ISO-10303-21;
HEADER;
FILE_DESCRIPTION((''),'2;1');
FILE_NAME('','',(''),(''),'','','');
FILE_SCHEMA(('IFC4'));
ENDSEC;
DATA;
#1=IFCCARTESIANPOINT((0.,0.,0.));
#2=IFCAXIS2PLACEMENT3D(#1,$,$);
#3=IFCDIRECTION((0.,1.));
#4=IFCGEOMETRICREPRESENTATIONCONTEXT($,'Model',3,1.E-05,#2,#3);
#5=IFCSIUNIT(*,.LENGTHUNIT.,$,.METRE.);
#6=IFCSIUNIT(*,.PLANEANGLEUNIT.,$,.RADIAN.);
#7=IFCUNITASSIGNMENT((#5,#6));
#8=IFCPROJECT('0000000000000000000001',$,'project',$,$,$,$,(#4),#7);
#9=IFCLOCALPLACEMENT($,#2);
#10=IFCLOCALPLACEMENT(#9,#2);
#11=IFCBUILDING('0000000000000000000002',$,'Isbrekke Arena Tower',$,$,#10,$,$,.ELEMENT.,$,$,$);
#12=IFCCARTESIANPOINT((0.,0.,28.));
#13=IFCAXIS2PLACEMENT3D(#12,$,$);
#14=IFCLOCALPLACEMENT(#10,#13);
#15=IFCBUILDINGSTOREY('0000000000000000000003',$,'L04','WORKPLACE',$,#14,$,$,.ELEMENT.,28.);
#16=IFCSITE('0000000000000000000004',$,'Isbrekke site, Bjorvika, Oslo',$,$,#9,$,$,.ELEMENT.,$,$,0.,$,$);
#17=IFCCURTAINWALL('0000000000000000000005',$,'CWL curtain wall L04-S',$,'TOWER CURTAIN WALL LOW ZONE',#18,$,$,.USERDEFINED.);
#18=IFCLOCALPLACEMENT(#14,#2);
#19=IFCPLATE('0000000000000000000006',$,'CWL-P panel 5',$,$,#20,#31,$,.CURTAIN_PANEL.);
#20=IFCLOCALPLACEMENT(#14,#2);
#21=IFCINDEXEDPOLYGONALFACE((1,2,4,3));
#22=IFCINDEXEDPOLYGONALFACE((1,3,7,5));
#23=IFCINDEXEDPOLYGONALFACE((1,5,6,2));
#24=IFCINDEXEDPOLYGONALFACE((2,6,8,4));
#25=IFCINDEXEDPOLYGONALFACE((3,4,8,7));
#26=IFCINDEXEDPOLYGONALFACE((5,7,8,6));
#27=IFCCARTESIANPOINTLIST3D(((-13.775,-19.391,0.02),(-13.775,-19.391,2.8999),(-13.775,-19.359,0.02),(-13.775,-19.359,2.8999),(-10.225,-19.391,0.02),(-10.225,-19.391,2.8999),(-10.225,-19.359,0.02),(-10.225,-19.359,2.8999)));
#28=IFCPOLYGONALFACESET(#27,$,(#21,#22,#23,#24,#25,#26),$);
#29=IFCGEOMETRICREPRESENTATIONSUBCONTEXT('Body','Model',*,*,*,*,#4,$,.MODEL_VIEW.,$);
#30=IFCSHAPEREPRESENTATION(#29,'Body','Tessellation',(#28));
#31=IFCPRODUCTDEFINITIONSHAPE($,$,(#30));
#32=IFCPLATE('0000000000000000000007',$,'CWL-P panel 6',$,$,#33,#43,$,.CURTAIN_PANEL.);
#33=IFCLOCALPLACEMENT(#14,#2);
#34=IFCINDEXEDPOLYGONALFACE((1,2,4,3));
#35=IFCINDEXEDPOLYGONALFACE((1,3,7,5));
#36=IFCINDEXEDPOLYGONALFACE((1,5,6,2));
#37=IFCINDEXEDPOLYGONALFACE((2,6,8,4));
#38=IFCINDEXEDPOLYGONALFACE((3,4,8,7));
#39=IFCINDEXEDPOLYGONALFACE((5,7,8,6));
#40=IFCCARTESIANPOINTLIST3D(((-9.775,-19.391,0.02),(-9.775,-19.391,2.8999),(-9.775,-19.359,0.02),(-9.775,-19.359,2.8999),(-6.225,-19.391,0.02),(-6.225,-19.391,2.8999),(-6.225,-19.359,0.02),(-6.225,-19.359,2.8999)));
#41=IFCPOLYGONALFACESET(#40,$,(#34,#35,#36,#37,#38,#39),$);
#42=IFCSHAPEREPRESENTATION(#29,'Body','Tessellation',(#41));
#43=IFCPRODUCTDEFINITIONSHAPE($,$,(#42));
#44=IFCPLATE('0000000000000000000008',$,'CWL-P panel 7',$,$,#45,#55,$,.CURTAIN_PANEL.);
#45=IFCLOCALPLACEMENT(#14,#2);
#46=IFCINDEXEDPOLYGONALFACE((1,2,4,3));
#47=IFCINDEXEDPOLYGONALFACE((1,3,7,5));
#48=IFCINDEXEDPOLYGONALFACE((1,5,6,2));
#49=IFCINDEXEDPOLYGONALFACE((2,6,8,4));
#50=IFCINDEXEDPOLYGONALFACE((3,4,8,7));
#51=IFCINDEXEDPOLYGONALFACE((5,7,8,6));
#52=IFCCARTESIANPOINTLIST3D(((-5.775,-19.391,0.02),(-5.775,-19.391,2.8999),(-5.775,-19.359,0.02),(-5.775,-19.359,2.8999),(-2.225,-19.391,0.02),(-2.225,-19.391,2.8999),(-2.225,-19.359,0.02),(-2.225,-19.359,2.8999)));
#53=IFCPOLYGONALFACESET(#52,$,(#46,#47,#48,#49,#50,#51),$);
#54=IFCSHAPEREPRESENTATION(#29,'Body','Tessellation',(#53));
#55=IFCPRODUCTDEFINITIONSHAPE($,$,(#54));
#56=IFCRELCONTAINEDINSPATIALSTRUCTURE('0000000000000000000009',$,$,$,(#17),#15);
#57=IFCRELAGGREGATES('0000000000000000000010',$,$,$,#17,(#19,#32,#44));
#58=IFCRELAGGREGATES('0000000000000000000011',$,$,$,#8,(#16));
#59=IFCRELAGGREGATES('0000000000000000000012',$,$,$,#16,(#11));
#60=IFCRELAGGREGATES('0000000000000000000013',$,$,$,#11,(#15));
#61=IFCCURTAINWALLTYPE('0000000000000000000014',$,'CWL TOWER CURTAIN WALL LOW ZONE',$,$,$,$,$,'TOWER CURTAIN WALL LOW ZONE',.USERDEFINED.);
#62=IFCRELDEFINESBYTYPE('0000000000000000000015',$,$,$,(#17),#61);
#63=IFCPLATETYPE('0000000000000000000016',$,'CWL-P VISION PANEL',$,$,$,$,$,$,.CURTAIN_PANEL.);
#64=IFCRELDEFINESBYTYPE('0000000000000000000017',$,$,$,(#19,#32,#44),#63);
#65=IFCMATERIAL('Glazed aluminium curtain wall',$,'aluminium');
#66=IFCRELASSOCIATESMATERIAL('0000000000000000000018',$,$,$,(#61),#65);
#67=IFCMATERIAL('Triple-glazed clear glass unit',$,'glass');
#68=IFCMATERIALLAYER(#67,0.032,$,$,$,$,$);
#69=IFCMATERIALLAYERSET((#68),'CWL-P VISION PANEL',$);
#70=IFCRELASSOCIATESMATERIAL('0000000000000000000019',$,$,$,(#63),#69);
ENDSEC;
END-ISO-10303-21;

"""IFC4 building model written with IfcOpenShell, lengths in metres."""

from ifc_helpers import new_model, si_unit, direction, frame, origin, origin_2d, place, context, subcontext, project, spatial, rectangle, extrude, material, layer, layer_set, type_object, element, aggregate, save


model = new_model("IFC4")

# Units and contexts
model_context = context("Model", 3, precision=1e-05, world=origin(), true_north=direction((0.0, 1.0)))
body_context = subcontext(model_context, "Body", "Model", "MODEL_VIEW")
ifc_project = project(units=[si_unit("LENGTHUNIT", "METRE"), si_unit("PLANEANGLEUNIT", "RADIAN")], contexts=[model_context])

# Site, building, storey
site_placement = place(None, origin())
site = spatial("IfcSite", under=ifc_project, at=site_placement, Name="Isbrekke site, Bjorvika, Oslo", CompositionType="ELEMENT", RefElevation=0.0)
building_placement = place(site_placement, origin())
building = spatial("IfcBuilding", under=site, at=building_placement, Name="Isbrekke Arena Tower", CompositionType="ELEMENT")
storey_placement = place(building_placement, frame((0.0, 0.0, 28.0)))
storey = spatial("IfcBuildingStorey", under=building, at=storey_placement, Name="L04", Description="WORKPLACE", CompositionType="ELEMENT", Elevation=28.0)

# Curtain wall
ifc_material_1 = material(Name="Glazed aluminium curtain wall", Category="aluminium")
curtain_wall_type = type_object("IfcCurtainWallType", Name="CWL TOWER CURTAIN WALL LOW ZONE", ElementType="TOWER CURTAIN WALL LOW ZONE", PredefinedType="USERDEFINED", material=ifc_material_1)
curtain_wall_placement = place(storey_placement, origin())
curtain_wall = element("IfcCurtainWall", 1, at=curtain_wall_placement, inside=storey, type_object=curtain_wall_type, Name="CWL curtain wall L04-S", ObjectType="TOWER CURTAIN WALL LOW ZONE", PredefinedType="USERDEFINED")

# Plates
ifc_material_2 = material(Name="Triple-glazed clear glass unit", Category="glass")
ifc_layer = layer(ifc_material_2, 0.032)
ifc_layer_set = layer_set([ifc_layer], Name="CWL-P VISION PANEL")
plate_type = type_object("IfcPlateType", Name="CWL-P VISION PANEL", PredefinedType="CURTAIN_PANEL", material=ifc_layer_set)
plate_1_placement = place(storey_placement, frame((-12.0, -19.375, 0.02), z_axis=(0.0, 0.0, 1.0), x_axis=(1.0, 0.0, 0.0)))
plate_1 = element("IfcPlate", 2, at=plate_1_placement, type_object=plate_type, Name="CWL-P panel 5", PredefinedType="CURTAIN_PANEL", context=body_context, shape_type="SweptSolid", body=[
    extrude(rectangle(XDim=3.55, YDim=0.032, at=origin_2d()), origin(), (0.0, 0.0, 1.0), 2.8799),
])
plate_2_placement = place(storey_placement, frame((-8.0, -19.375, 0.02), z_axis=(0.0, 0.0, 1.0), x_axis=(1.0, 0.0, 0.0)))
plate_2 = element("IfcPlate", 3, at=plate_2_placement, type_object=plate_type, Name="CWL-P panel 6", PredefinedType="CURTAIN_PANEL", context=body_context, shape_type="SweptSolid", body=[
    extrude(rectangle(XDim=3.55, YDim=0.032, at=origin_2d()), origin(), (0.0, 0.0, 1.0), 2.8799),
])
plate_3_placement = place(storey_placement, frame((-4.0, -19.375, 0.02), z_axis=(0.0, 0.0, 1.0), x_axis=(1.0, 0.0, 0.0)))
plate_3 = element("IfcPlate", 4, at=plate_3_placement, type_object=plate_type, Name="CWL-P panel 7", PredefinedType="CURTAIN_PANEL", context=body_context, shape_type="SweptSolid", body=[
    extrude(rectangle(XDim=3.55, YDim=0.032, at=origin_2d()), origin(), (0.0, 0.0, 1.0), 2.8799),
])
aggregate(curtain_wall, [plate_1, plate_2, plate_3])

save(model, "model.ifc")
